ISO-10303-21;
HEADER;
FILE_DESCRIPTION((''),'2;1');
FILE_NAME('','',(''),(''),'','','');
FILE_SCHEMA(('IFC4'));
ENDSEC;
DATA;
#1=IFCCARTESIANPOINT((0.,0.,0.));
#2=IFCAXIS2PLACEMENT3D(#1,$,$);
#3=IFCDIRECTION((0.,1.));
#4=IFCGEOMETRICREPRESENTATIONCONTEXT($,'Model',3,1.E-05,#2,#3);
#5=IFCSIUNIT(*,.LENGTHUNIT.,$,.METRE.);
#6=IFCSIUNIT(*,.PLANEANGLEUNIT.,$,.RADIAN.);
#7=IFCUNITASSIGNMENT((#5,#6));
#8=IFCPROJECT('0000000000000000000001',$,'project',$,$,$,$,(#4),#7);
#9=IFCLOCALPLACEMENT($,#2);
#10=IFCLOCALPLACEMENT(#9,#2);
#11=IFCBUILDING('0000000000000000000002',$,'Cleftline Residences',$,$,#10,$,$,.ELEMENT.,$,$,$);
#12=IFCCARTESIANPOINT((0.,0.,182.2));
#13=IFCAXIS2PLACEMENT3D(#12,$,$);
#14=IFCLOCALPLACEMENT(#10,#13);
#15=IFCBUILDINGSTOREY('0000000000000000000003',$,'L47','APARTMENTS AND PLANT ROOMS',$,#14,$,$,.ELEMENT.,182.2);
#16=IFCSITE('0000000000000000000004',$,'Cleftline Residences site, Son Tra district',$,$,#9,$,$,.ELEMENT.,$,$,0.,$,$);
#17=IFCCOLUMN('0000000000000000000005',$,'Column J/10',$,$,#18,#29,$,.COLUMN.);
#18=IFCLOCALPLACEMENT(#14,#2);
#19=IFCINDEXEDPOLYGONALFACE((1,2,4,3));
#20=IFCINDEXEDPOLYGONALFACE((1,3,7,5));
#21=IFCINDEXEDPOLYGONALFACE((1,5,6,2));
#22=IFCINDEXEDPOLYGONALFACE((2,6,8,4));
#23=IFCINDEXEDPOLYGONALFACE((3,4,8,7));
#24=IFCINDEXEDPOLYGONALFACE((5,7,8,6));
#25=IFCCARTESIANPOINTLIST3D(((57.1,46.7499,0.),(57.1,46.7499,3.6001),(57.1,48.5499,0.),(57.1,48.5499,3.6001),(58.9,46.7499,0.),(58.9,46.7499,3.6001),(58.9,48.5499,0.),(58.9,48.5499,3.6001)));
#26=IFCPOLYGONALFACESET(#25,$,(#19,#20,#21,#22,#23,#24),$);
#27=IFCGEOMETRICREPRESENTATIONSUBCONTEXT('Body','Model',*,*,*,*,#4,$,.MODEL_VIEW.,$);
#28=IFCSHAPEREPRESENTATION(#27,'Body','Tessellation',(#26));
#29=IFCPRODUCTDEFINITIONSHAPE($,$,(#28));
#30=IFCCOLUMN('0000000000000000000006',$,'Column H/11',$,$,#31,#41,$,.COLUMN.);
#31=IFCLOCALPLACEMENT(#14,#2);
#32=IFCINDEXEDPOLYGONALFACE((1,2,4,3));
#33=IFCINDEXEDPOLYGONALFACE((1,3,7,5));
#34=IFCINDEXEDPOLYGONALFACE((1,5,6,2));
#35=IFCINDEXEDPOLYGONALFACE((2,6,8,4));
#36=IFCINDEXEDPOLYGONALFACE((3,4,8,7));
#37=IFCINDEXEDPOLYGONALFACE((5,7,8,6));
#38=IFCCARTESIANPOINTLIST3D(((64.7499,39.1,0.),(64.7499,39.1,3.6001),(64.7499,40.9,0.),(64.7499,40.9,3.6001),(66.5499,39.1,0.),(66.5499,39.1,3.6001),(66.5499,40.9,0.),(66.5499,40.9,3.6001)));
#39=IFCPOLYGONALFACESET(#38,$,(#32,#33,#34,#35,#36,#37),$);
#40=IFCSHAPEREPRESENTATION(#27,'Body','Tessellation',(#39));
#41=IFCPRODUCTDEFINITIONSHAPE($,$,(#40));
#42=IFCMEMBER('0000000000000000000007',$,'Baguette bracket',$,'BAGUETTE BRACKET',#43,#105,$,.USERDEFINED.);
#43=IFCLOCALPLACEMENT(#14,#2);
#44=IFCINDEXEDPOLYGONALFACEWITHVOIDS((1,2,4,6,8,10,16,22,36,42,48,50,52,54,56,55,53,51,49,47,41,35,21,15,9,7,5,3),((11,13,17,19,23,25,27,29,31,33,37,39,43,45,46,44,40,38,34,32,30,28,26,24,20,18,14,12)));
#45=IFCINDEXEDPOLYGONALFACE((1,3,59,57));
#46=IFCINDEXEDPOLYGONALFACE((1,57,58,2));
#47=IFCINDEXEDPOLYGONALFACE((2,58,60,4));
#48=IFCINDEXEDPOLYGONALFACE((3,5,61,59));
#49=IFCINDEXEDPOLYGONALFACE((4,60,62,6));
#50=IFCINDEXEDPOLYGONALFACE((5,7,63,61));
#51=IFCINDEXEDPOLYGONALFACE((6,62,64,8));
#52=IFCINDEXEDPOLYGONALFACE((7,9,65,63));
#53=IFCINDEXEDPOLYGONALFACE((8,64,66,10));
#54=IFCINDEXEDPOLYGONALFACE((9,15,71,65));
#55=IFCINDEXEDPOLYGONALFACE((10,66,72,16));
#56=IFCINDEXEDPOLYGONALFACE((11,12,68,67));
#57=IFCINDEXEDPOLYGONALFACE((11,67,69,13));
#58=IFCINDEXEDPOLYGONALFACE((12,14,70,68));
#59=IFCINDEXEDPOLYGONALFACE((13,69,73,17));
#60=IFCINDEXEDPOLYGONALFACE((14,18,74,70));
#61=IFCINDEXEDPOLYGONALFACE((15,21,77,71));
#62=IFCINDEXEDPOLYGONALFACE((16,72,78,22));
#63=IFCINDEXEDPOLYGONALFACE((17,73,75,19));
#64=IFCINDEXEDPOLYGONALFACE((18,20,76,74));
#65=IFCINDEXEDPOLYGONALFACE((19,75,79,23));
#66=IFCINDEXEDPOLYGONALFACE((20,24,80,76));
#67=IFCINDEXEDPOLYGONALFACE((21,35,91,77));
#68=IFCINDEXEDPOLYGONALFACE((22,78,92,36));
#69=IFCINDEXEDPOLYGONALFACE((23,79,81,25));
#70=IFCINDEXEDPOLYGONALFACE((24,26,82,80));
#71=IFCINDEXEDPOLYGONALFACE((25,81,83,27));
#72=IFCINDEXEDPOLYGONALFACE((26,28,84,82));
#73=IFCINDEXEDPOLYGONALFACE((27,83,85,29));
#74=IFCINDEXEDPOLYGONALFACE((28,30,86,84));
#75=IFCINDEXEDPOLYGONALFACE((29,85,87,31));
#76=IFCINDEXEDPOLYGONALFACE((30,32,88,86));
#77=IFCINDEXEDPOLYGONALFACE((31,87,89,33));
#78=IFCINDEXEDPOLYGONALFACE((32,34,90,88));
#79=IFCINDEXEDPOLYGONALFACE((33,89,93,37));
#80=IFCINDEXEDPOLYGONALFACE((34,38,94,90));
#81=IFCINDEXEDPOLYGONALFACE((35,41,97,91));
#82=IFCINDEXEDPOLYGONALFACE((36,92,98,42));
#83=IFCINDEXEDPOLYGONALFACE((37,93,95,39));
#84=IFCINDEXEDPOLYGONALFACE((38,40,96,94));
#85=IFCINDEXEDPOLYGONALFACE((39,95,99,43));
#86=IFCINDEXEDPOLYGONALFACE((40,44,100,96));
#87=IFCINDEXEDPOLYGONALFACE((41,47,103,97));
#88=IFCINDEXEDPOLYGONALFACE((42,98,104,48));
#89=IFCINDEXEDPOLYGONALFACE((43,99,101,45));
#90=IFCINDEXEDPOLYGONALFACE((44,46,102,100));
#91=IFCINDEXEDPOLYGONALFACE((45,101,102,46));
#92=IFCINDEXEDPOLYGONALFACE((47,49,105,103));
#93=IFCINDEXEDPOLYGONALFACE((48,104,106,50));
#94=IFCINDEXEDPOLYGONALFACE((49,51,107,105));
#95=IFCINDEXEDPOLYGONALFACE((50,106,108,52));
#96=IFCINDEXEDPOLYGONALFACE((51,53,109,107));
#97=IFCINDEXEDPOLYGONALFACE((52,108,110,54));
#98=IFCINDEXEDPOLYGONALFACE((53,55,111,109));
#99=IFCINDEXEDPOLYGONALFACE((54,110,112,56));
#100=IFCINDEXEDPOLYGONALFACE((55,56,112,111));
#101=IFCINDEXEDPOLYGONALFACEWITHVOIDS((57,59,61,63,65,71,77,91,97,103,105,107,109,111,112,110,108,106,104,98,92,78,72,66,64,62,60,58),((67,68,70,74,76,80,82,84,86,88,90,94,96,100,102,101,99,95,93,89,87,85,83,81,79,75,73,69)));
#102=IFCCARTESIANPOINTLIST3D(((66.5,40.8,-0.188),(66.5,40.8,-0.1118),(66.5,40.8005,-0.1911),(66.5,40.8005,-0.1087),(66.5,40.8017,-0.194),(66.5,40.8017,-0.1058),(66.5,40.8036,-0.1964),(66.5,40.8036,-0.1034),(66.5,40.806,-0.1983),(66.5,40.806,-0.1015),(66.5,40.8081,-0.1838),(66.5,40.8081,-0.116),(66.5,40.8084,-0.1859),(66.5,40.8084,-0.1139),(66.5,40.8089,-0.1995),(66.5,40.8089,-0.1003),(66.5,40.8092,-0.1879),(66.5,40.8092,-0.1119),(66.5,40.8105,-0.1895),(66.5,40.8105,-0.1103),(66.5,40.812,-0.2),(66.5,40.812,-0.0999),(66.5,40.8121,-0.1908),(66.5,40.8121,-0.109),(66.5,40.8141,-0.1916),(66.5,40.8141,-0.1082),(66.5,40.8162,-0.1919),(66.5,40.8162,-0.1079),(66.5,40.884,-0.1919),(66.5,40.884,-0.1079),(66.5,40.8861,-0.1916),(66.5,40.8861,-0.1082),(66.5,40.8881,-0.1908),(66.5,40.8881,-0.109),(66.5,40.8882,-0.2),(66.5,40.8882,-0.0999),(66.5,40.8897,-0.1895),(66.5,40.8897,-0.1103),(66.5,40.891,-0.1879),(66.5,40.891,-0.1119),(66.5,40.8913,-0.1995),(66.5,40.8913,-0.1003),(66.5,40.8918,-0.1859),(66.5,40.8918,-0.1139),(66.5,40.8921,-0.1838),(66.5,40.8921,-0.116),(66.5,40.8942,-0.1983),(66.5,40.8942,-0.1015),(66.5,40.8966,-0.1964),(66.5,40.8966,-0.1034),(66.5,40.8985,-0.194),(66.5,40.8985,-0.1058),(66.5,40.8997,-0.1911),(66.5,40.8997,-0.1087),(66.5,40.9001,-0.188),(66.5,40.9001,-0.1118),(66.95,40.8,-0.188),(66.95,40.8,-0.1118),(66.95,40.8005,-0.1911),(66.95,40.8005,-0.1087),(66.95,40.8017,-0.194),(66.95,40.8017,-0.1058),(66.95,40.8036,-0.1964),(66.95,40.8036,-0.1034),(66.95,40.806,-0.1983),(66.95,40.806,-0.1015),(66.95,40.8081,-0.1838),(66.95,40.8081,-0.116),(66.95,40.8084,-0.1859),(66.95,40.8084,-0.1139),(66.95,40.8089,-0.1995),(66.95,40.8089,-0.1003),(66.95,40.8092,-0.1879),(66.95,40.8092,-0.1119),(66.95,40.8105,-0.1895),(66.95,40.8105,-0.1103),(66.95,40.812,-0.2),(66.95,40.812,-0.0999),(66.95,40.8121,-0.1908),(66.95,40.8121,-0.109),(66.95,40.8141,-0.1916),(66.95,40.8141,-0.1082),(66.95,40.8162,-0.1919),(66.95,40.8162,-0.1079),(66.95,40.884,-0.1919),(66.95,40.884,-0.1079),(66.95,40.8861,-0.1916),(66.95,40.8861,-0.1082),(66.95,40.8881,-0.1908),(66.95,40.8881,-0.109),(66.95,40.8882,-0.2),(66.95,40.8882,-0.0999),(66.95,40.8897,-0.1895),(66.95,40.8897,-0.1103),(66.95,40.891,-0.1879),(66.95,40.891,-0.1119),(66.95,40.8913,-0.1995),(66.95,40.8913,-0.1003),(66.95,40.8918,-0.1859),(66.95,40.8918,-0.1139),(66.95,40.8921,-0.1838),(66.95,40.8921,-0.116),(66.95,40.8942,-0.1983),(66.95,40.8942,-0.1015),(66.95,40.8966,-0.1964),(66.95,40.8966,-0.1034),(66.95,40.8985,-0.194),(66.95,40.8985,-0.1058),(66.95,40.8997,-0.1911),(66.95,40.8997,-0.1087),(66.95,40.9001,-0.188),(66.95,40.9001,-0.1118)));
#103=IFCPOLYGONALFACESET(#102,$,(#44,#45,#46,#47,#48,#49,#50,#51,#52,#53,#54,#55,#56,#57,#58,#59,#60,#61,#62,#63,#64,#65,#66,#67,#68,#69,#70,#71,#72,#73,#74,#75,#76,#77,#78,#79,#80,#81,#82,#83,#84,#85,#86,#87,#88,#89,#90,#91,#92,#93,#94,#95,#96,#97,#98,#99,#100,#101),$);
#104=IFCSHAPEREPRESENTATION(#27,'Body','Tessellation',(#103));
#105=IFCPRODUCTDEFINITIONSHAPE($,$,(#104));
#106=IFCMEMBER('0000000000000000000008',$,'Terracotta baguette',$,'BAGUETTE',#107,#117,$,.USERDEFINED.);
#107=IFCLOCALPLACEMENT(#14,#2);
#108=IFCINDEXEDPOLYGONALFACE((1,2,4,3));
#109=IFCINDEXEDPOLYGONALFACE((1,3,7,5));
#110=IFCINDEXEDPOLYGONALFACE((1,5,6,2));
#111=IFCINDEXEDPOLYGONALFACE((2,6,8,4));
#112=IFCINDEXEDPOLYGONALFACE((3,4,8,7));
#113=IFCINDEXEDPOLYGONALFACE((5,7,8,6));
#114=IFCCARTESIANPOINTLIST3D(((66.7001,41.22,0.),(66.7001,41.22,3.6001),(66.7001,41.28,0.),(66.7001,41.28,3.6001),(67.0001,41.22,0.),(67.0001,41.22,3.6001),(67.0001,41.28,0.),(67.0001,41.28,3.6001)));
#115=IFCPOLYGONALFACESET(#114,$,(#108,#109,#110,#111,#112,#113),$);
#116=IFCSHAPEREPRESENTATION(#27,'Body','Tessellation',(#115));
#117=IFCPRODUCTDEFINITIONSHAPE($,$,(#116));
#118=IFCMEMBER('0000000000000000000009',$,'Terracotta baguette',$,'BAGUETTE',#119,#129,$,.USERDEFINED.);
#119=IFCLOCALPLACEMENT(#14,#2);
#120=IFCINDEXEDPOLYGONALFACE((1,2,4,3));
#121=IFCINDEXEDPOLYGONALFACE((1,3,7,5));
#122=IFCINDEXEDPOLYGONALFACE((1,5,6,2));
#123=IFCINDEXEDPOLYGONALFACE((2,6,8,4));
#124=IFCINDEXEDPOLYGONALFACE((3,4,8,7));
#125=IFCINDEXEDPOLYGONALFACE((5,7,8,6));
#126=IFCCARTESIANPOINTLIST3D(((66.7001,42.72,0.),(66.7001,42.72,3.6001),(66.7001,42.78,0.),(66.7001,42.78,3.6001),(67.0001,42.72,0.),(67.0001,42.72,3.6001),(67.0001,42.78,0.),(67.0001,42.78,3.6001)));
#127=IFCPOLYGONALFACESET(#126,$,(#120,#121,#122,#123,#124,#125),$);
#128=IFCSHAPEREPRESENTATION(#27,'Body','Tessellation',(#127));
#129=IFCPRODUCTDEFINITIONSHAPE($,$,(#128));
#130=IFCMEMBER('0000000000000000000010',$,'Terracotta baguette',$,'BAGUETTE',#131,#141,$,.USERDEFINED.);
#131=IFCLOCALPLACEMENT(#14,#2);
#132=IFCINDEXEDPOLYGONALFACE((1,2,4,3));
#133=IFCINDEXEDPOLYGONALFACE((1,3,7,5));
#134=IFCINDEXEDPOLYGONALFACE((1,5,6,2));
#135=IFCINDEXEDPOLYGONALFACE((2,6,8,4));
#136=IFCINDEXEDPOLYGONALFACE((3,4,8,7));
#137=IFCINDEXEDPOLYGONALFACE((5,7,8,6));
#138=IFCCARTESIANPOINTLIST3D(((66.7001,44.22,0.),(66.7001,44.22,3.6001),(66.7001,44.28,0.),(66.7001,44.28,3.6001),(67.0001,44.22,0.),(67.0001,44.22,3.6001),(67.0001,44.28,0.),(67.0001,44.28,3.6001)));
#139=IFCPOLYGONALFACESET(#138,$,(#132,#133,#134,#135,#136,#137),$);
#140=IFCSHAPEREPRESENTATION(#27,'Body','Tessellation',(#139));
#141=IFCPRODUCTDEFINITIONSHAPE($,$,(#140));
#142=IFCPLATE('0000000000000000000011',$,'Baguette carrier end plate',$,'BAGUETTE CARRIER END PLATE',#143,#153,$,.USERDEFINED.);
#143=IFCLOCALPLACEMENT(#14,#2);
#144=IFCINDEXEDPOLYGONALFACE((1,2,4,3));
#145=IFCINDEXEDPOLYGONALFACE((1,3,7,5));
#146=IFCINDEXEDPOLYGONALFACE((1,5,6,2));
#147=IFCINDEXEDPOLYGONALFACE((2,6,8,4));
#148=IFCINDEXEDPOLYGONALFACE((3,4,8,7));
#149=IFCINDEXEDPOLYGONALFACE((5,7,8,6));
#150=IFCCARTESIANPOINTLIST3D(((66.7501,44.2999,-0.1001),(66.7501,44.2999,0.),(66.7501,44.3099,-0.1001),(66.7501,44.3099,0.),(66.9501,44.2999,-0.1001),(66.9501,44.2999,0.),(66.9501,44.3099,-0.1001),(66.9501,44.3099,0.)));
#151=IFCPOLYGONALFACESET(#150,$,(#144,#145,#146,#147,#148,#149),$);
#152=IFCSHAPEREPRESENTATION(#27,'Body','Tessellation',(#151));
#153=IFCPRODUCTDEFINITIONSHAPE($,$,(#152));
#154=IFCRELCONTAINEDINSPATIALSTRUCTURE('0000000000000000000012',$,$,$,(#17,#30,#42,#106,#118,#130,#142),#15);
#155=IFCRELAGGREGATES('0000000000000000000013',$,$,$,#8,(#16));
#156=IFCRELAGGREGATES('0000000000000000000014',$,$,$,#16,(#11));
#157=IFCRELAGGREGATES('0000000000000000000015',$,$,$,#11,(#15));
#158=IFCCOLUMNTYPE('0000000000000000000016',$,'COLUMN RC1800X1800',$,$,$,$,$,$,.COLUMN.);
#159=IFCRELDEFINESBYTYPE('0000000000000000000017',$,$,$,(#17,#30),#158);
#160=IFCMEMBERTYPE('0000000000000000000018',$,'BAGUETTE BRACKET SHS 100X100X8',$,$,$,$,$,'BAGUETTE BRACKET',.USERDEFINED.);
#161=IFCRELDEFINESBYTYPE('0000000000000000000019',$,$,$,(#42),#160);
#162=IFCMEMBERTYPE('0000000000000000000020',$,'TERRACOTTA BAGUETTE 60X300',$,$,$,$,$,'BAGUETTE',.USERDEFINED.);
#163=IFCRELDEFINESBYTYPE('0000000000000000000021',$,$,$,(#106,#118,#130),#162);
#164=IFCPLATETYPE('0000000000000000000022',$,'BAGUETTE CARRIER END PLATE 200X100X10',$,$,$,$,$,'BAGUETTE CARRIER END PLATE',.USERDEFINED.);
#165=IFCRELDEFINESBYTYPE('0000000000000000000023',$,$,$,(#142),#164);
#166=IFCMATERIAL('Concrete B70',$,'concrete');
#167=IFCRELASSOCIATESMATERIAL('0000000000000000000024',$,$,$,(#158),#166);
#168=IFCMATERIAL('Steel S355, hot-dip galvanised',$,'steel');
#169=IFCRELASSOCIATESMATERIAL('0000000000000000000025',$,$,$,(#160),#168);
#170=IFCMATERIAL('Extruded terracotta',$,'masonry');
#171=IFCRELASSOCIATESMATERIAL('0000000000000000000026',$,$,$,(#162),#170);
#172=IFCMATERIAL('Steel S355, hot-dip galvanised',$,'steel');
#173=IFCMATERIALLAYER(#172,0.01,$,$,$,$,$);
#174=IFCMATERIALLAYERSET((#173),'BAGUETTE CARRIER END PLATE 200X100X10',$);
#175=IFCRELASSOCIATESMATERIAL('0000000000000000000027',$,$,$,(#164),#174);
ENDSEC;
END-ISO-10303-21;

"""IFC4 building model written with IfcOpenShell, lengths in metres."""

from ifc_helpers import new_model, si_unit, direction, frame, origin, origin_2d, place, context, subcontext, project, spatial, rectangle, hollow_rectangle, extrude, material, layer, layer_set, material_profile, profile_set, type_object, element, save


model = new_model("IFC4")

# Units and contexts
model_context = context("Model", 3, precision=1e-05, world=origin(), true_north=direction((0.0, 1.0)))
body_context = subcontext(model_context, "Body", "Model", "MODEL_VIEW")
ifc_project = project(units=[si_unit("LENGTHUNIT", "METRE"), si_unit("PLANEANGLEUNIT", "RADIAN")], contexts=[model_context])

# Site, building, storey
site_placement = place(None, origin())
site = spatial("IfcSite", under=ifc_project, at=site_placement, Name="Cleftline Residences site, Son Tra district", CompositionType="ELEMENT", RefElevation=0.0)
building_placement = place(site_placement, origin())
building = spatial("IfcBuilding", under=site, at=building_placement, Name="Cleftline Residences", CompositionType="ELEMENT")
storey_placement = place(building_placement, frame((0.0, 0.0, 182.2)))
storey = spatial("IfcBuildingStorey", under=building, at=storey_placement, Name="L47", Description="APARTMENTS AND PLANT ROOMS", CompositionType="ELEMENT", Elevation=182.2)

# Columns
ifc_material_1 = material(Name="Concrete B70", Category="concrete")
ifc_material_profile_1 = material_profile(ifc_material_1, rectangle(XDim=1.8, YDim=1.8, at=origin_2d()))
ifc_profile_set_1 = profile_set([ifc_material_profile_1], Name="Concrete B70")
column_type = type_object("IfcColumnType", Name="COLUMN RC1800X1800", PredefinedType="COLUMN", material=ifc_profile_set_1)
for number, where, z_axis, x_axis, name in (
    (1, (58.0, 47.6499, 0.0), (0.0, 0.0, 1.0), (1.0, 0.0, 0.0), "Column J/10"),
    (2, (65.6499, 40.0, 0.0), (0.0, 0.0, 1.0), (1.0, 0.0, 0.0), "Column H/11"),
):
    element("IfcColumn", number, at=place(storey_placement, frame(where, z_axis=z_axis, x_axis=x_axis)), inside=storey, type_object=column_type, Name=name, PredefinedType="COLUMN", context=body_context, shape_type="SweptSolid", body=[
        extrude(rectangle(XDim=1.8, YDim=1.8, at=origin_2d()), origin(), (0.0, 0.0, 1.0), 3.6001),
    ])

# Members
ifc_material_2 = material(Name="Steel S355, hot-dip galvanised", Category="steel")
ifc_material_profile_2 = material_profile(ifc_material_2, hollow_rectangle(XDim=0.1001, YDim=0.1001, WallThickness=0.0081, InnerFilletRadius=0.0081, OuterFilletRadius=0.012, at=origin_2d()))
ifc_profile_set_2 = profile_set([ifc_material_profile_2], Name="Steel S355, hot-dip galvanised")
member_type_1 = type_object("IfcMemberType", Name="BAGUETTE BRACKET SHS 100X100X8", ElementType="BAGUETTE BRACKET", PredefinedType="USERDEFINED", material=ifc_profile_set_2)
member_placement = place(storey_placement, frame((66.5, 40.8501, -0.1499), z_axis=(1.0, 0.0, 0.0), x_axis=(0.0, 1.0, 0.0)))
element("IfcMember", 3, at=member_placement, inside=storey, type_object=member_type_1, Name="Baguette bracket", ObjectType="BAGUETTE BRACKET", PredefinedType="USERDEFINED", context=body_context, shape_type="SweptSolid", body=[
    extrude(hollow_rectangle(XDim=0.1001, YDim=0.1001, WallThickness=0.0081, InnerFilletRadius=0.0081, OuterFilletRadius=0.012, at=origin_2d()), origin(), (0.0, 0.0, 1.0), 0.45),
])
ifc_material_3 = material(Name="Extruded terracotta", Category="masonry")
ifc_material_profile_3 = material_profile(ifc_material_3, rectangle(XDim=0.0601, YDim=0.3, at=origin_2d()))
ifc_profile_set_3 = profile_set([ifc_material_profile_3], Name="Extruded terracotta")
member_type_2 = type_object("IfcMemberType", Name="TERRACOTTA BAGUETTE 60X300", ElementType="BAGUETTE", PredefinedType="USERDEFINED", material=ifc_profile_set_3)
for number, where, z_axis, x_axis, name in (
    (4, (66.8501, 41.25, 0.0), (0.0, 0.0, 1.0), (0.0, 1.0, 0.0), "Terracotta baguette"),
    (5, (66.8501, 42.75, 0.0), (0.0, 0.0, 1.0), (0.0, 1.0, 0.0), "Terracotta baguette"),
    (6, (66.8501, 44.25, 0.0), (0.0, 0.0, 1.0), (0.0, 1.0, 0.0), "Terracotta baguette"),
):
    element("IfcMember", number, at=place(storey_placement, frame(where, z_axis=z_axis, x_axis=x_axis)), inside=storey, type_object=member_type_2, Name=name, ObjectType="BAGUETTE", PredefinedType="USERDEFINED", context=body_context, shape_type="SweptSolid", body=[
        extrude(rectangle(XDim=0.0601, YDim=0.3, at=origin_2d()), origin(), (0.0, 0.0, 1.0), 3.6001),
    ])

# Plate
ifc_material_4 = material(Name="Steel S355, hot-dip galvanised", Category="steel")
ifc_layer_1 = layer(ifc_material_4, 0.01)
ifc_layer_set_1 = layer_set([ifc_layer_1], Name="BAGUETTE CARRIER END PLATE 200X100X10")
plate_type = type_object("IfcPlateType", Name="BAGUETTE CARRIER END PLATE 200X100X10", ElementType="BAGUETTE CARRIER END PLATE", PredefinedType="USERDEFINED", material=ifc_layer_set_1)
plate_placement = place(storey_placement, frame((66.8501, 44.3049, -0.1001), z_axis=(0.0, 0.0, 1.0), x_axis=(1.0, 0.0, 0.0)))
element("IfcPlate", 7, at=plate_placement, inside=storey, type_object=plate_type, Name="Baguette carrier end plate", ObjectType="BAGUETTE CARRIER END PLATE", PredefinedType="USERDEFINED", context=body_context, shape_type="SweptSolid", body=[
    extrude(rectangle(XDim=0.2, YDim=0.01, at=origin_2d()), origin(), (0.0, 0.0, 1.0), 0.1001),
])

save(model, "model.ifc")
